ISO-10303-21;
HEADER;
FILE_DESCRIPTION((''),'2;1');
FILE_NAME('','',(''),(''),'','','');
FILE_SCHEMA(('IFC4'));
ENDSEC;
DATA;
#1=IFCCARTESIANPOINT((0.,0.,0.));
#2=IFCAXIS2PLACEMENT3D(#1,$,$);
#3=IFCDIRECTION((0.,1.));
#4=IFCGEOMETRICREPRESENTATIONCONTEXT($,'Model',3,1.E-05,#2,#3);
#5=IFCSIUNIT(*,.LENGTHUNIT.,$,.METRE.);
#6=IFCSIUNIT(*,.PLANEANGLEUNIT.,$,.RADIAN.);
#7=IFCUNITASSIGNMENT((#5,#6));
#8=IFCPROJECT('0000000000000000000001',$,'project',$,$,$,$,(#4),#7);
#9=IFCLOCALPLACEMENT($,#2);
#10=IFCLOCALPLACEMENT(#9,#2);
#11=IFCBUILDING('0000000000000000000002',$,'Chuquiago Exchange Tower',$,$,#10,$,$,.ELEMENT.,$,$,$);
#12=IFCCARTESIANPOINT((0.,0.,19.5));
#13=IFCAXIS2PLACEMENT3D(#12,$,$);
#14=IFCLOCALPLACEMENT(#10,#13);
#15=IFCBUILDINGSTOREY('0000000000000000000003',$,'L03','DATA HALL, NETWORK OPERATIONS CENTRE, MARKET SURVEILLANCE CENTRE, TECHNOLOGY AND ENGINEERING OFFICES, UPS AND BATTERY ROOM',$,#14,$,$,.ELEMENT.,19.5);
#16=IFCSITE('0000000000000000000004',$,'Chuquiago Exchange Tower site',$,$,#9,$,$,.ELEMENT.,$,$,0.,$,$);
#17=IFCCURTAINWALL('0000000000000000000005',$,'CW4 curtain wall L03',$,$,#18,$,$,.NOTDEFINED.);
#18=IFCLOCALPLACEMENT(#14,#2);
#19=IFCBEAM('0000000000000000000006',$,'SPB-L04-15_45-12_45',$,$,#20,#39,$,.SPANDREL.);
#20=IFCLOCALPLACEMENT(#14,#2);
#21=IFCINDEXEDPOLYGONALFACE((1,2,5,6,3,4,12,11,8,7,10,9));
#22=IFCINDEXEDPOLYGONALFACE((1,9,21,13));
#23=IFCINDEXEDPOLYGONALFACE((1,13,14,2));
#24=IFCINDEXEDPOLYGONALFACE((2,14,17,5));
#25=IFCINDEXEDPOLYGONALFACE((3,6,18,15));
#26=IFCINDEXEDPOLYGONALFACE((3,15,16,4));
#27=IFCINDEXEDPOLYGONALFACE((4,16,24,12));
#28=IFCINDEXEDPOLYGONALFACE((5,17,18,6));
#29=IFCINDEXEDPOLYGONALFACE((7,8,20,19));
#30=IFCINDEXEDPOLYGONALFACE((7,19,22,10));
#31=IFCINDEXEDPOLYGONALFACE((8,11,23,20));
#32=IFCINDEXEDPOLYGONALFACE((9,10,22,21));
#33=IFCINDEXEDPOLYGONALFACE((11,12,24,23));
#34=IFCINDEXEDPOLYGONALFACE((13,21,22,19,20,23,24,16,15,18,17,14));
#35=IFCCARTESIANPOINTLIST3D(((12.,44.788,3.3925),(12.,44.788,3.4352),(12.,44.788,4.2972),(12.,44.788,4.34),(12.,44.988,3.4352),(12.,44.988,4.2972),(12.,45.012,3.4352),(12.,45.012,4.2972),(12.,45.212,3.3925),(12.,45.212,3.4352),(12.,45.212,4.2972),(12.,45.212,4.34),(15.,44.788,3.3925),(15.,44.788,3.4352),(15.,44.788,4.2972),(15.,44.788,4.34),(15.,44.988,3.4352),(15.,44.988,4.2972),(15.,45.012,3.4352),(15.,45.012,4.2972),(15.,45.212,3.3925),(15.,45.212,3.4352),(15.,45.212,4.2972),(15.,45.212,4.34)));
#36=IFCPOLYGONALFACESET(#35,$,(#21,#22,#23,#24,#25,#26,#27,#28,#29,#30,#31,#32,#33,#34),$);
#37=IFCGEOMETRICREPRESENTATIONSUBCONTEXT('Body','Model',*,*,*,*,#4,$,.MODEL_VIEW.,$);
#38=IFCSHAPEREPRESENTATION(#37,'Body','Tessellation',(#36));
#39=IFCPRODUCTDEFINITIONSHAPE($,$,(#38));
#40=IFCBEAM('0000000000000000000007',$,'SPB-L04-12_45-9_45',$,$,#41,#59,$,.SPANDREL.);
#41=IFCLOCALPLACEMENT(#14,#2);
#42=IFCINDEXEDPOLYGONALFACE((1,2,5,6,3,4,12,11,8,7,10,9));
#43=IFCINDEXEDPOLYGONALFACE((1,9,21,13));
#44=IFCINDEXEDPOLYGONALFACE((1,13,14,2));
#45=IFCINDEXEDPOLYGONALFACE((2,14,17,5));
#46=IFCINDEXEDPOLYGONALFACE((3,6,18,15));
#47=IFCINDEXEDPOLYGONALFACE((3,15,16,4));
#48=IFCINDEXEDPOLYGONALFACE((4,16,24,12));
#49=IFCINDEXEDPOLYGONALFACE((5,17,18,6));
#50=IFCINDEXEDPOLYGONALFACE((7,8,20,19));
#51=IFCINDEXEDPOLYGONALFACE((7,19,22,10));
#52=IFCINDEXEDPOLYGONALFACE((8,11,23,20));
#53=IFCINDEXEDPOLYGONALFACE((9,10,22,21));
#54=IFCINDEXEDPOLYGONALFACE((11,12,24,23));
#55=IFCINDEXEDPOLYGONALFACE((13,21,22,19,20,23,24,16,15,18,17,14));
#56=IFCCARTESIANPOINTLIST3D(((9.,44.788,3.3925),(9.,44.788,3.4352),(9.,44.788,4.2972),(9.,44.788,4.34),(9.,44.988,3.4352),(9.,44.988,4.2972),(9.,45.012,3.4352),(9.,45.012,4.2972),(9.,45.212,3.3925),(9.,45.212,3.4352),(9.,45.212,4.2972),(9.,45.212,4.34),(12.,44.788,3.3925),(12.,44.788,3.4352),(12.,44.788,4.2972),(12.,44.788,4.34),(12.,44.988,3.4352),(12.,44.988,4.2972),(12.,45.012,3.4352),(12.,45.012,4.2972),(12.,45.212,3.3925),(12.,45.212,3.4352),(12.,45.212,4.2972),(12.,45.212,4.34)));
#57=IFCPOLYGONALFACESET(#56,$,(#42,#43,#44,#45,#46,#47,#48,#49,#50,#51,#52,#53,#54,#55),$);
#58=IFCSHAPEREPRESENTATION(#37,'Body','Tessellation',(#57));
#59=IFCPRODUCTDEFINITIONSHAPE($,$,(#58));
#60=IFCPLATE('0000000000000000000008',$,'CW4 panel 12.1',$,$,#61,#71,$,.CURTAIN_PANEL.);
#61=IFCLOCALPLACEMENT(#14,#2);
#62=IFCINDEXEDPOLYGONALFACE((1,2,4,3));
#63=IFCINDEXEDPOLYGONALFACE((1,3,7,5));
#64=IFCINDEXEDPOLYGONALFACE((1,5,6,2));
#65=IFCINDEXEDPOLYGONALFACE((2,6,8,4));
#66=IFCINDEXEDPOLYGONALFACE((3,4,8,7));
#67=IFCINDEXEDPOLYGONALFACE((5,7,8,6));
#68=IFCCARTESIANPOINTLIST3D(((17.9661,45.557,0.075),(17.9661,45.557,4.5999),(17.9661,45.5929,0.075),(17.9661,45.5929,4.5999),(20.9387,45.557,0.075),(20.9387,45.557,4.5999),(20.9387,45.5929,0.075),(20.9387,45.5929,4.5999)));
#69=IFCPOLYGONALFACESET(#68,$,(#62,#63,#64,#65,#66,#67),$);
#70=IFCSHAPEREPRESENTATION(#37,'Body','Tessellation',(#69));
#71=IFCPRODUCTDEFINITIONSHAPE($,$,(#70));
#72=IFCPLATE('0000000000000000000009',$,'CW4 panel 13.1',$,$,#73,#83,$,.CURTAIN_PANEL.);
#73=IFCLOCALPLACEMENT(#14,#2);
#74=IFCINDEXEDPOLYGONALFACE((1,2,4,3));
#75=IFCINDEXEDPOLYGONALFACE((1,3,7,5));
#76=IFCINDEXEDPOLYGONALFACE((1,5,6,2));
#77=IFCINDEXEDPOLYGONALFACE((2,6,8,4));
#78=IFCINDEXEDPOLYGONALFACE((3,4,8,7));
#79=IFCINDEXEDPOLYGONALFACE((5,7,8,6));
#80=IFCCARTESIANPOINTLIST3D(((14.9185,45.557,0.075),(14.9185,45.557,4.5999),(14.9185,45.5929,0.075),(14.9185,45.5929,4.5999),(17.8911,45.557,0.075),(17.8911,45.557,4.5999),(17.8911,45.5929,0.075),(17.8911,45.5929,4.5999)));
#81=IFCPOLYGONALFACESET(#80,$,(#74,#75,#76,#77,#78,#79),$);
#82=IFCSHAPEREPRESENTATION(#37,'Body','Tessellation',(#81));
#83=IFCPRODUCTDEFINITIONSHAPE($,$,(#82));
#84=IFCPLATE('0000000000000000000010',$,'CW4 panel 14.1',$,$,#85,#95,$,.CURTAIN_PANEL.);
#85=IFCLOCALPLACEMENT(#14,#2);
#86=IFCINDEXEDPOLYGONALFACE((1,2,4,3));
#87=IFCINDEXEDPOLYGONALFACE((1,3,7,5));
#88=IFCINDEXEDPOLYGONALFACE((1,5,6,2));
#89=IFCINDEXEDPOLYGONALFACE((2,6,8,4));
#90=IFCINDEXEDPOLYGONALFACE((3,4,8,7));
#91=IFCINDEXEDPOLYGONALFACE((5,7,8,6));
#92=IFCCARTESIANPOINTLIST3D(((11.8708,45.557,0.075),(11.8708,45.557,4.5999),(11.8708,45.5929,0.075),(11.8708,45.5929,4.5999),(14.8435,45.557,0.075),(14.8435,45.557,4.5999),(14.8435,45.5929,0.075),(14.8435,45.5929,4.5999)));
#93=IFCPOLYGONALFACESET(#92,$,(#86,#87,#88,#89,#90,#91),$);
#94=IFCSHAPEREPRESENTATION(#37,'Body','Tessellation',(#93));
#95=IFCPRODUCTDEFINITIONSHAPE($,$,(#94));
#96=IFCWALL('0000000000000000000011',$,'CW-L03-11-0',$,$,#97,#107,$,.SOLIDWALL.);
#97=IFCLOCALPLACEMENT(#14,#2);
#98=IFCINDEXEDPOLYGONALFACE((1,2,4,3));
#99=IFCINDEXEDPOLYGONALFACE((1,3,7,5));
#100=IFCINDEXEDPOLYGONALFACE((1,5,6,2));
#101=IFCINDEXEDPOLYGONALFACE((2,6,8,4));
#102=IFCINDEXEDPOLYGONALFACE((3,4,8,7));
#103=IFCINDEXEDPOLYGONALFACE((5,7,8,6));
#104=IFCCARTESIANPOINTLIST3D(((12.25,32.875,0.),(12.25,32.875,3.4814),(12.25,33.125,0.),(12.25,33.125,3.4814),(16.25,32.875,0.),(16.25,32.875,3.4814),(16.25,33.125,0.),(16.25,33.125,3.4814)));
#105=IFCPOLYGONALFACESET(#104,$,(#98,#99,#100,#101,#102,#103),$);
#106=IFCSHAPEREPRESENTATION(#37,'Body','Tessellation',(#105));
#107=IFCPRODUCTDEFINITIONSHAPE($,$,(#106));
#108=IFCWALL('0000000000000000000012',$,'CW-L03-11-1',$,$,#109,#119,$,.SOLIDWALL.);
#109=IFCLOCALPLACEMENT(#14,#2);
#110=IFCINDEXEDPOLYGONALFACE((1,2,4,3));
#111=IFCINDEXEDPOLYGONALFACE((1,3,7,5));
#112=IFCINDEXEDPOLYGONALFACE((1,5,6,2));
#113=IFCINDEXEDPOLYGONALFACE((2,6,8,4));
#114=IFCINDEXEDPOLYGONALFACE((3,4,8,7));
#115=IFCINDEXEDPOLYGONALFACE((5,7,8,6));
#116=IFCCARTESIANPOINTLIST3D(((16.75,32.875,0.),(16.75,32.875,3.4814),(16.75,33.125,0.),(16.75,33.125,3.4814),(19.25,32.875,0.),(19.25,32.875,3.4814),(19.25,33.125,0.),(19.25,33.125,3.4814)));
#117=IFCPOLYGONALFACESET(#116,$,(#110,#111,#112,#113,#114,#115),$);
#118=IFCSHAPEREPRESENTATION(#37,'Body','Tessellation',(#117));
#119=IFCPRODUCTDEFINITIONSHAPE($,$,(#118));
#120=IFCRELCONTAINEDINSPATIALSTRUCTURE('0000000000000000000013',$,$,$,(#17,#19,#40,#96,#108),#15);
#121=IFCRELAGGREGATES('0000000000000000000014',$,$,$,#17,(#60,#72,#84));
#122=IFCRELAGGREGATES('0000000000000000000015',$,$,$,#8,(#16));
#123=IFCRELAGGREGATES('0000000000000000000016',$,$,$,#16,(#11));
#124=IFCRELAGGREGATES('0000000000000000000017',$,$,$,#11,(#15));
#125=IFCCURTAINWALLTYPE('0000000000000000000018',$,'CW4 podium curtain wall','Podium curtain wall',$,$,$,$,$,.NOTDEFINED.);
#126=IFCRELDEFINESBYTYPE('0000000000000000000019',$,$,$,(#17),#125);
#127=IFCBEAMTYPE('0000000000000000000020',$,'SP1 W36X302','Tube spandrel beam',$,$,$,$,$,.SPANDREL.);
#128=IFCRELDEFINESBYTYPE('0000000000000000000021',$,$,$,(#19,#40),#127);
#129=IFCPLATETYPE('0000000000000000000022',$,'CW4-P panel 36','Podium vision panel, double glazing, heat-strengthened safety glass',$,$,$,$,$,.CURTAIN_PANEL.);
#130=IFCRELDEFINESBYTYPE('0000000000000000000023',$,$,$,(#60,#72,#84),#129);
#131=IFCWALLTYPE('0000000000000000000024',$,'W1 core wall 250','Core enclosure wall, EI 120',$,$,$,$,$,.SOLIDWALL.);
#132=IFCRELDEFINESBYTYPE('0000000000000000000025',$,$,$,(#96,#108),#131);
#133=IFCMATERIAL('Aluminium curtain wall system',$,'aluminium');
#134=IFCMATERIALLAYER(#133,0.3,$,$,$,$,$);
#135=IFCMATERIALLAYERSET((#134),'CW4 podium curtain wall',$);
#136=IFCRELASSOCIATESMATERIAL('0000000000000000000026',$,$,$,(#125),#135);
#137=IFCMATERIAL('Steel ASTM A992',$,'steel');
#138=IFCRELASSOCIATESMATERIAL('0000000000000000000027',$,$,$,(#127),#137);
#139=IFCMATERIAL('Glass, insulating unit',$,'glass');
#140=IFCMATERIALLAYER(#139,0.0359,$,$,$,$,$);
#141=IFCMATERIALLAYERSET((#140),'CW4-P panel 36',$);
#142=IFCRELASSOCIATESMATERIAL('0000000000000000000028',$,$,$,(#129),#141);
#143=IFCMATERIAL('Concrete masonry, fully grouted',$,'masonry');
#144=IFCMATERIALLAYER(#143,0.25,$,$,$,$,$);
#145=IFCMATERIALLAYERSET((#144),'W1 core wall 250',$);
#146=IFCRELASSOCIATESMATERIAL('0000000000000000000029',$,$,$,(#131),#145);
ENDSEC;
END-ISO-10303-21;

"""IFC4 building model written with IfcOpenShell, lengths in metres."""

from ifc_helpers import new_model, si_unit, direction, frame, frame_2d, origin, origin_2d, place, context, subcontext, project, spatial, rectangle, i_section, extrude, material, layer, layer_set, material_profile, profile_set, type_object, element, aggregate, save


model = new_model("IFC4")

# Units and contexts
model_context = context("Model", 3, precision=1e-05, world=origin(), true_north=direction((0.0, 1.0)))
body_context = subcontext(model_context, "Body", "Model", "MODEL_VIEW")
ifc_project = project(units=[si_unit("LENGTHUNIT", "METRE"), si_unit("PLANEANGLEUNIT", "RADIAN")], contexts=[model_context])

# Site, building, storey
site_placement = place(None, origin())
site = spatial("IfcSite", under=ifc_project, at=site_placement, Name="Chuquiago Exchange Tower site", CompositionType="ELEMENT", RefElevation=0.0)
building_placement = place(site_placement, origin())
building = spatial("IfcBuilding", under=site, at=building_placement, Name="Chuquiago Exchange Tower", CompositionType="ELEMENT")
storey_placement = place(building_placement, frame((0.0, 0.0, 19.5)))
storey = spatial("IfcBuildingStorey", under=building, at=storey_placement, Name="L03", Description="DATA HALL, NETWORK OPERATIONS CENTRE, MARKET SURVEILLANCE CENTRE, TECHNOLOGY AND ENGINEERING OFFICES, UPS AND BATTERY ROOM", CompositionType="ELEMENT", Elevation=19.5)

# Curtain wall
ifc_material_1 = material(Name="Aluminium curtain wall system", Category="aluminium")
ifc_layer_1 = layer(ifc_material_1, 0.3)
ifc_layer_set_1 = layer_set([ifc_layer_1], Name="CW4 podium curtain wall")
curtain_wall_type = type_object("IfcCurtainWallType", Name="CW4 podium curtain wall", Description="Podium curtain wall", PredefinedType="NOTDEFINED", material=ifc_layer_set_1)
curtain_wall_placement = place(storey_placement, origin())
curtain_wall = element("IfcCurtainWall", 1, at=curtain_wall_placement, inside=storey, type_object=curtain_wall_type, Name="CW4 curtain wall L03", PredefinedType="NOTDEFINED")

# Beams
ifc_material_2 = material(Name="Steel ASTM A992", Category="steel")
ifc_material_profile_1 = material_profile(ifc_material_2, i_section(OverallWidth=0.4241, OverallDepth=0.9475, WebThickness=0.0239, FlangeThickness=0.0427, at=origin_2d()), Name="W36X302")
ifc_profile_set_1 = profile_set([ifc_material_profile_1], Name="Steel ASTM A992")
beam_type_1 = type_object("IfcBeamType", Name="SP1 W36X302", Description="Tube spandrel beam", PredefinedType="SPANDREL", material=ifc_profile_set_1)
for number, where, z_axis, x_axis, name in (
    (2, (15.0, 45.0, 3.8662), (-1.0, 0.0, 0.0), (0.0, -1.0, 0.0), "SPB-L04-15_45-12_45"),
    (3, (12.0, 45.0, 3.8662), (-1.0, 0.0, 0.0), (0.0, -1.0, 0.0), "SPB-L04-12_45-9_45"),
):
    element("IfcBeam", number, at=place(storey_placement, frame(where, z_axis=z_axis, x_axis=x_axis)), inside=storey, type_object=beam_type_1, Name=name, PredefinedType="SPANDREL", context=body_context, shape_type="SweptSolid", body=[
        extrude(i_section(OverallWidth=0.4241, OverallDepth=0.9475, WebThickness=0.0239, FlangeThickness=0.0427, at=origin_2d()), origin(), (0.0, 0.0, 1.0), 3.0),
    ])

# Plates
ifc_material_3 = material(Name="Glass, insulating unit", Category="glass")
ifc_layer_2 = layer(ifc_material_3, 0.0359)
ifc_layer_set_2 = layer_set([ifc_layer_2], Name="CW4-P panel 36")
plate_type = type_object("IfcPlateType", Name="CW4-P panel 36", Description="Podium vision panel, double glazing, heat-strengthened safety glass", PredefinedType="CURTAIN_PANEL", material=ifc_layer_set_2)
plate_1_placement = place(storey_placement, frame((19.4524, 45.575, 0.075), z_axis=(0.0, 0.0, 1.0), x_axis=(-1.0, 0.0, 0.0)))
plate_1 = element("IfcPlate", 4, at=plate_1_placement, type_object=plate_type, Name="CW4 panel 12.1", PredefinedType="CURTAIN_PANEL", context=body_context, shape_type="SweptSolid", body=[
    extrude(rectangle(XDim=2.9727, YDim=0.0359, at=origin_2d()), origin(), (0.0, 0.0, 1.0), 4.5249),
])
plate_2_placement = place(storey_placement, frame((16.4048, 45.575, 0.075), z_axis=(0.0, 0.0, 1.0), x_axis=(-1.0, 0.0, 0.0)))
plate_2 = element("IfcPlate", 5, at=plate_2_placement, type_object=plate_type, Name="CW4 panel 13.1", PredefinedType="CURTAIN_PANEL", context=body_context, shape_type="SweptSolid", body=[
    extrude(rectangle(XDim=2.9727, YDim=0.0359, at=origin_2d()), origin(), (0.0, 0.0, 1.0), 4.5249),
])
plate_3_placement = place(storey_placement, frame((13.3572, 45.575, 0.075), z_axis=(0.0, 0.0, 1.0), x_axis=(-1.0, 0.0, 0.0)))
plate_3 = element("IfcPlate", 6, at=plate_3_placement, type_object=plate_type, Name="CW4 panel 14.1", PredefinedType="CURTAIN_PANEL", context=body_context, shape_type="SweptSolid", body=[
    extrude(rectangle(XDim=2.9727, YDim=0.0359, at=origin_2d()), origin(), (0.0, 0.0, 1.0), 4.5249),
])
aggregate(curtain_wall, [plate_1, plate_2, plate_3])

# Walls
ifc_material_4 = material(Name="Concrete masonry, fully grouted", Category="masonry")
ifc_layer_3 = layer(ifc_material_4, 0.25)
ifc_layer_set_3 = layer_set([ifc_layer_3], Name="W1 core wall 250")
wall_type = type_object("IfcWallType", Name="W1 core wall 250", Description="Core enclosure wall, EI 120", PredefinedType="SOLIDWALL", material=ifc_layer_set_3)
wall_1_placement = place(storey_placement, frame((12.25, 33.0, 0.0), z_axis=(0.0, 0.0, 1.0), x_axis=(1.0, 0.0, 0.0)))
element("IfcWall", 7, at=wall_1_placement, inside=storey, type_object=wall_type, Name="CW-L03-11-0", PredefinedType="SOLIDWALL", context=body_context, shape_type="SweptSolid", body=[
    extrude(rectangle(XDim=4.0, YDim=0.25, at=frame_2d((2.0, 0.0))), origin(), (0.0, 0.0, 1.0), 3.4814),
])
wall_2_placement = place(storey_placement, frame((16.75, 33.0, 0.0), z_axis=(0.0, 0.0, 1.0), x_axis=(1.0, 0.0, 0.0)))
element("IfcWall", 8, at=wall_2_placement, inside=storey, type_object=wall_type, Name="CW-L03-11-1", PredefinedType="SOLIDWALL", context=body_context, shape_type="SweptSolid", body=[
    extrude(rectangle(XDim=2.5, YDim=0.25, at=frame_2d((1.25, 0.0))), origin(), (0.0, 0.0, 1.0), 3.4814),
])

save(model, "model.ifc")
